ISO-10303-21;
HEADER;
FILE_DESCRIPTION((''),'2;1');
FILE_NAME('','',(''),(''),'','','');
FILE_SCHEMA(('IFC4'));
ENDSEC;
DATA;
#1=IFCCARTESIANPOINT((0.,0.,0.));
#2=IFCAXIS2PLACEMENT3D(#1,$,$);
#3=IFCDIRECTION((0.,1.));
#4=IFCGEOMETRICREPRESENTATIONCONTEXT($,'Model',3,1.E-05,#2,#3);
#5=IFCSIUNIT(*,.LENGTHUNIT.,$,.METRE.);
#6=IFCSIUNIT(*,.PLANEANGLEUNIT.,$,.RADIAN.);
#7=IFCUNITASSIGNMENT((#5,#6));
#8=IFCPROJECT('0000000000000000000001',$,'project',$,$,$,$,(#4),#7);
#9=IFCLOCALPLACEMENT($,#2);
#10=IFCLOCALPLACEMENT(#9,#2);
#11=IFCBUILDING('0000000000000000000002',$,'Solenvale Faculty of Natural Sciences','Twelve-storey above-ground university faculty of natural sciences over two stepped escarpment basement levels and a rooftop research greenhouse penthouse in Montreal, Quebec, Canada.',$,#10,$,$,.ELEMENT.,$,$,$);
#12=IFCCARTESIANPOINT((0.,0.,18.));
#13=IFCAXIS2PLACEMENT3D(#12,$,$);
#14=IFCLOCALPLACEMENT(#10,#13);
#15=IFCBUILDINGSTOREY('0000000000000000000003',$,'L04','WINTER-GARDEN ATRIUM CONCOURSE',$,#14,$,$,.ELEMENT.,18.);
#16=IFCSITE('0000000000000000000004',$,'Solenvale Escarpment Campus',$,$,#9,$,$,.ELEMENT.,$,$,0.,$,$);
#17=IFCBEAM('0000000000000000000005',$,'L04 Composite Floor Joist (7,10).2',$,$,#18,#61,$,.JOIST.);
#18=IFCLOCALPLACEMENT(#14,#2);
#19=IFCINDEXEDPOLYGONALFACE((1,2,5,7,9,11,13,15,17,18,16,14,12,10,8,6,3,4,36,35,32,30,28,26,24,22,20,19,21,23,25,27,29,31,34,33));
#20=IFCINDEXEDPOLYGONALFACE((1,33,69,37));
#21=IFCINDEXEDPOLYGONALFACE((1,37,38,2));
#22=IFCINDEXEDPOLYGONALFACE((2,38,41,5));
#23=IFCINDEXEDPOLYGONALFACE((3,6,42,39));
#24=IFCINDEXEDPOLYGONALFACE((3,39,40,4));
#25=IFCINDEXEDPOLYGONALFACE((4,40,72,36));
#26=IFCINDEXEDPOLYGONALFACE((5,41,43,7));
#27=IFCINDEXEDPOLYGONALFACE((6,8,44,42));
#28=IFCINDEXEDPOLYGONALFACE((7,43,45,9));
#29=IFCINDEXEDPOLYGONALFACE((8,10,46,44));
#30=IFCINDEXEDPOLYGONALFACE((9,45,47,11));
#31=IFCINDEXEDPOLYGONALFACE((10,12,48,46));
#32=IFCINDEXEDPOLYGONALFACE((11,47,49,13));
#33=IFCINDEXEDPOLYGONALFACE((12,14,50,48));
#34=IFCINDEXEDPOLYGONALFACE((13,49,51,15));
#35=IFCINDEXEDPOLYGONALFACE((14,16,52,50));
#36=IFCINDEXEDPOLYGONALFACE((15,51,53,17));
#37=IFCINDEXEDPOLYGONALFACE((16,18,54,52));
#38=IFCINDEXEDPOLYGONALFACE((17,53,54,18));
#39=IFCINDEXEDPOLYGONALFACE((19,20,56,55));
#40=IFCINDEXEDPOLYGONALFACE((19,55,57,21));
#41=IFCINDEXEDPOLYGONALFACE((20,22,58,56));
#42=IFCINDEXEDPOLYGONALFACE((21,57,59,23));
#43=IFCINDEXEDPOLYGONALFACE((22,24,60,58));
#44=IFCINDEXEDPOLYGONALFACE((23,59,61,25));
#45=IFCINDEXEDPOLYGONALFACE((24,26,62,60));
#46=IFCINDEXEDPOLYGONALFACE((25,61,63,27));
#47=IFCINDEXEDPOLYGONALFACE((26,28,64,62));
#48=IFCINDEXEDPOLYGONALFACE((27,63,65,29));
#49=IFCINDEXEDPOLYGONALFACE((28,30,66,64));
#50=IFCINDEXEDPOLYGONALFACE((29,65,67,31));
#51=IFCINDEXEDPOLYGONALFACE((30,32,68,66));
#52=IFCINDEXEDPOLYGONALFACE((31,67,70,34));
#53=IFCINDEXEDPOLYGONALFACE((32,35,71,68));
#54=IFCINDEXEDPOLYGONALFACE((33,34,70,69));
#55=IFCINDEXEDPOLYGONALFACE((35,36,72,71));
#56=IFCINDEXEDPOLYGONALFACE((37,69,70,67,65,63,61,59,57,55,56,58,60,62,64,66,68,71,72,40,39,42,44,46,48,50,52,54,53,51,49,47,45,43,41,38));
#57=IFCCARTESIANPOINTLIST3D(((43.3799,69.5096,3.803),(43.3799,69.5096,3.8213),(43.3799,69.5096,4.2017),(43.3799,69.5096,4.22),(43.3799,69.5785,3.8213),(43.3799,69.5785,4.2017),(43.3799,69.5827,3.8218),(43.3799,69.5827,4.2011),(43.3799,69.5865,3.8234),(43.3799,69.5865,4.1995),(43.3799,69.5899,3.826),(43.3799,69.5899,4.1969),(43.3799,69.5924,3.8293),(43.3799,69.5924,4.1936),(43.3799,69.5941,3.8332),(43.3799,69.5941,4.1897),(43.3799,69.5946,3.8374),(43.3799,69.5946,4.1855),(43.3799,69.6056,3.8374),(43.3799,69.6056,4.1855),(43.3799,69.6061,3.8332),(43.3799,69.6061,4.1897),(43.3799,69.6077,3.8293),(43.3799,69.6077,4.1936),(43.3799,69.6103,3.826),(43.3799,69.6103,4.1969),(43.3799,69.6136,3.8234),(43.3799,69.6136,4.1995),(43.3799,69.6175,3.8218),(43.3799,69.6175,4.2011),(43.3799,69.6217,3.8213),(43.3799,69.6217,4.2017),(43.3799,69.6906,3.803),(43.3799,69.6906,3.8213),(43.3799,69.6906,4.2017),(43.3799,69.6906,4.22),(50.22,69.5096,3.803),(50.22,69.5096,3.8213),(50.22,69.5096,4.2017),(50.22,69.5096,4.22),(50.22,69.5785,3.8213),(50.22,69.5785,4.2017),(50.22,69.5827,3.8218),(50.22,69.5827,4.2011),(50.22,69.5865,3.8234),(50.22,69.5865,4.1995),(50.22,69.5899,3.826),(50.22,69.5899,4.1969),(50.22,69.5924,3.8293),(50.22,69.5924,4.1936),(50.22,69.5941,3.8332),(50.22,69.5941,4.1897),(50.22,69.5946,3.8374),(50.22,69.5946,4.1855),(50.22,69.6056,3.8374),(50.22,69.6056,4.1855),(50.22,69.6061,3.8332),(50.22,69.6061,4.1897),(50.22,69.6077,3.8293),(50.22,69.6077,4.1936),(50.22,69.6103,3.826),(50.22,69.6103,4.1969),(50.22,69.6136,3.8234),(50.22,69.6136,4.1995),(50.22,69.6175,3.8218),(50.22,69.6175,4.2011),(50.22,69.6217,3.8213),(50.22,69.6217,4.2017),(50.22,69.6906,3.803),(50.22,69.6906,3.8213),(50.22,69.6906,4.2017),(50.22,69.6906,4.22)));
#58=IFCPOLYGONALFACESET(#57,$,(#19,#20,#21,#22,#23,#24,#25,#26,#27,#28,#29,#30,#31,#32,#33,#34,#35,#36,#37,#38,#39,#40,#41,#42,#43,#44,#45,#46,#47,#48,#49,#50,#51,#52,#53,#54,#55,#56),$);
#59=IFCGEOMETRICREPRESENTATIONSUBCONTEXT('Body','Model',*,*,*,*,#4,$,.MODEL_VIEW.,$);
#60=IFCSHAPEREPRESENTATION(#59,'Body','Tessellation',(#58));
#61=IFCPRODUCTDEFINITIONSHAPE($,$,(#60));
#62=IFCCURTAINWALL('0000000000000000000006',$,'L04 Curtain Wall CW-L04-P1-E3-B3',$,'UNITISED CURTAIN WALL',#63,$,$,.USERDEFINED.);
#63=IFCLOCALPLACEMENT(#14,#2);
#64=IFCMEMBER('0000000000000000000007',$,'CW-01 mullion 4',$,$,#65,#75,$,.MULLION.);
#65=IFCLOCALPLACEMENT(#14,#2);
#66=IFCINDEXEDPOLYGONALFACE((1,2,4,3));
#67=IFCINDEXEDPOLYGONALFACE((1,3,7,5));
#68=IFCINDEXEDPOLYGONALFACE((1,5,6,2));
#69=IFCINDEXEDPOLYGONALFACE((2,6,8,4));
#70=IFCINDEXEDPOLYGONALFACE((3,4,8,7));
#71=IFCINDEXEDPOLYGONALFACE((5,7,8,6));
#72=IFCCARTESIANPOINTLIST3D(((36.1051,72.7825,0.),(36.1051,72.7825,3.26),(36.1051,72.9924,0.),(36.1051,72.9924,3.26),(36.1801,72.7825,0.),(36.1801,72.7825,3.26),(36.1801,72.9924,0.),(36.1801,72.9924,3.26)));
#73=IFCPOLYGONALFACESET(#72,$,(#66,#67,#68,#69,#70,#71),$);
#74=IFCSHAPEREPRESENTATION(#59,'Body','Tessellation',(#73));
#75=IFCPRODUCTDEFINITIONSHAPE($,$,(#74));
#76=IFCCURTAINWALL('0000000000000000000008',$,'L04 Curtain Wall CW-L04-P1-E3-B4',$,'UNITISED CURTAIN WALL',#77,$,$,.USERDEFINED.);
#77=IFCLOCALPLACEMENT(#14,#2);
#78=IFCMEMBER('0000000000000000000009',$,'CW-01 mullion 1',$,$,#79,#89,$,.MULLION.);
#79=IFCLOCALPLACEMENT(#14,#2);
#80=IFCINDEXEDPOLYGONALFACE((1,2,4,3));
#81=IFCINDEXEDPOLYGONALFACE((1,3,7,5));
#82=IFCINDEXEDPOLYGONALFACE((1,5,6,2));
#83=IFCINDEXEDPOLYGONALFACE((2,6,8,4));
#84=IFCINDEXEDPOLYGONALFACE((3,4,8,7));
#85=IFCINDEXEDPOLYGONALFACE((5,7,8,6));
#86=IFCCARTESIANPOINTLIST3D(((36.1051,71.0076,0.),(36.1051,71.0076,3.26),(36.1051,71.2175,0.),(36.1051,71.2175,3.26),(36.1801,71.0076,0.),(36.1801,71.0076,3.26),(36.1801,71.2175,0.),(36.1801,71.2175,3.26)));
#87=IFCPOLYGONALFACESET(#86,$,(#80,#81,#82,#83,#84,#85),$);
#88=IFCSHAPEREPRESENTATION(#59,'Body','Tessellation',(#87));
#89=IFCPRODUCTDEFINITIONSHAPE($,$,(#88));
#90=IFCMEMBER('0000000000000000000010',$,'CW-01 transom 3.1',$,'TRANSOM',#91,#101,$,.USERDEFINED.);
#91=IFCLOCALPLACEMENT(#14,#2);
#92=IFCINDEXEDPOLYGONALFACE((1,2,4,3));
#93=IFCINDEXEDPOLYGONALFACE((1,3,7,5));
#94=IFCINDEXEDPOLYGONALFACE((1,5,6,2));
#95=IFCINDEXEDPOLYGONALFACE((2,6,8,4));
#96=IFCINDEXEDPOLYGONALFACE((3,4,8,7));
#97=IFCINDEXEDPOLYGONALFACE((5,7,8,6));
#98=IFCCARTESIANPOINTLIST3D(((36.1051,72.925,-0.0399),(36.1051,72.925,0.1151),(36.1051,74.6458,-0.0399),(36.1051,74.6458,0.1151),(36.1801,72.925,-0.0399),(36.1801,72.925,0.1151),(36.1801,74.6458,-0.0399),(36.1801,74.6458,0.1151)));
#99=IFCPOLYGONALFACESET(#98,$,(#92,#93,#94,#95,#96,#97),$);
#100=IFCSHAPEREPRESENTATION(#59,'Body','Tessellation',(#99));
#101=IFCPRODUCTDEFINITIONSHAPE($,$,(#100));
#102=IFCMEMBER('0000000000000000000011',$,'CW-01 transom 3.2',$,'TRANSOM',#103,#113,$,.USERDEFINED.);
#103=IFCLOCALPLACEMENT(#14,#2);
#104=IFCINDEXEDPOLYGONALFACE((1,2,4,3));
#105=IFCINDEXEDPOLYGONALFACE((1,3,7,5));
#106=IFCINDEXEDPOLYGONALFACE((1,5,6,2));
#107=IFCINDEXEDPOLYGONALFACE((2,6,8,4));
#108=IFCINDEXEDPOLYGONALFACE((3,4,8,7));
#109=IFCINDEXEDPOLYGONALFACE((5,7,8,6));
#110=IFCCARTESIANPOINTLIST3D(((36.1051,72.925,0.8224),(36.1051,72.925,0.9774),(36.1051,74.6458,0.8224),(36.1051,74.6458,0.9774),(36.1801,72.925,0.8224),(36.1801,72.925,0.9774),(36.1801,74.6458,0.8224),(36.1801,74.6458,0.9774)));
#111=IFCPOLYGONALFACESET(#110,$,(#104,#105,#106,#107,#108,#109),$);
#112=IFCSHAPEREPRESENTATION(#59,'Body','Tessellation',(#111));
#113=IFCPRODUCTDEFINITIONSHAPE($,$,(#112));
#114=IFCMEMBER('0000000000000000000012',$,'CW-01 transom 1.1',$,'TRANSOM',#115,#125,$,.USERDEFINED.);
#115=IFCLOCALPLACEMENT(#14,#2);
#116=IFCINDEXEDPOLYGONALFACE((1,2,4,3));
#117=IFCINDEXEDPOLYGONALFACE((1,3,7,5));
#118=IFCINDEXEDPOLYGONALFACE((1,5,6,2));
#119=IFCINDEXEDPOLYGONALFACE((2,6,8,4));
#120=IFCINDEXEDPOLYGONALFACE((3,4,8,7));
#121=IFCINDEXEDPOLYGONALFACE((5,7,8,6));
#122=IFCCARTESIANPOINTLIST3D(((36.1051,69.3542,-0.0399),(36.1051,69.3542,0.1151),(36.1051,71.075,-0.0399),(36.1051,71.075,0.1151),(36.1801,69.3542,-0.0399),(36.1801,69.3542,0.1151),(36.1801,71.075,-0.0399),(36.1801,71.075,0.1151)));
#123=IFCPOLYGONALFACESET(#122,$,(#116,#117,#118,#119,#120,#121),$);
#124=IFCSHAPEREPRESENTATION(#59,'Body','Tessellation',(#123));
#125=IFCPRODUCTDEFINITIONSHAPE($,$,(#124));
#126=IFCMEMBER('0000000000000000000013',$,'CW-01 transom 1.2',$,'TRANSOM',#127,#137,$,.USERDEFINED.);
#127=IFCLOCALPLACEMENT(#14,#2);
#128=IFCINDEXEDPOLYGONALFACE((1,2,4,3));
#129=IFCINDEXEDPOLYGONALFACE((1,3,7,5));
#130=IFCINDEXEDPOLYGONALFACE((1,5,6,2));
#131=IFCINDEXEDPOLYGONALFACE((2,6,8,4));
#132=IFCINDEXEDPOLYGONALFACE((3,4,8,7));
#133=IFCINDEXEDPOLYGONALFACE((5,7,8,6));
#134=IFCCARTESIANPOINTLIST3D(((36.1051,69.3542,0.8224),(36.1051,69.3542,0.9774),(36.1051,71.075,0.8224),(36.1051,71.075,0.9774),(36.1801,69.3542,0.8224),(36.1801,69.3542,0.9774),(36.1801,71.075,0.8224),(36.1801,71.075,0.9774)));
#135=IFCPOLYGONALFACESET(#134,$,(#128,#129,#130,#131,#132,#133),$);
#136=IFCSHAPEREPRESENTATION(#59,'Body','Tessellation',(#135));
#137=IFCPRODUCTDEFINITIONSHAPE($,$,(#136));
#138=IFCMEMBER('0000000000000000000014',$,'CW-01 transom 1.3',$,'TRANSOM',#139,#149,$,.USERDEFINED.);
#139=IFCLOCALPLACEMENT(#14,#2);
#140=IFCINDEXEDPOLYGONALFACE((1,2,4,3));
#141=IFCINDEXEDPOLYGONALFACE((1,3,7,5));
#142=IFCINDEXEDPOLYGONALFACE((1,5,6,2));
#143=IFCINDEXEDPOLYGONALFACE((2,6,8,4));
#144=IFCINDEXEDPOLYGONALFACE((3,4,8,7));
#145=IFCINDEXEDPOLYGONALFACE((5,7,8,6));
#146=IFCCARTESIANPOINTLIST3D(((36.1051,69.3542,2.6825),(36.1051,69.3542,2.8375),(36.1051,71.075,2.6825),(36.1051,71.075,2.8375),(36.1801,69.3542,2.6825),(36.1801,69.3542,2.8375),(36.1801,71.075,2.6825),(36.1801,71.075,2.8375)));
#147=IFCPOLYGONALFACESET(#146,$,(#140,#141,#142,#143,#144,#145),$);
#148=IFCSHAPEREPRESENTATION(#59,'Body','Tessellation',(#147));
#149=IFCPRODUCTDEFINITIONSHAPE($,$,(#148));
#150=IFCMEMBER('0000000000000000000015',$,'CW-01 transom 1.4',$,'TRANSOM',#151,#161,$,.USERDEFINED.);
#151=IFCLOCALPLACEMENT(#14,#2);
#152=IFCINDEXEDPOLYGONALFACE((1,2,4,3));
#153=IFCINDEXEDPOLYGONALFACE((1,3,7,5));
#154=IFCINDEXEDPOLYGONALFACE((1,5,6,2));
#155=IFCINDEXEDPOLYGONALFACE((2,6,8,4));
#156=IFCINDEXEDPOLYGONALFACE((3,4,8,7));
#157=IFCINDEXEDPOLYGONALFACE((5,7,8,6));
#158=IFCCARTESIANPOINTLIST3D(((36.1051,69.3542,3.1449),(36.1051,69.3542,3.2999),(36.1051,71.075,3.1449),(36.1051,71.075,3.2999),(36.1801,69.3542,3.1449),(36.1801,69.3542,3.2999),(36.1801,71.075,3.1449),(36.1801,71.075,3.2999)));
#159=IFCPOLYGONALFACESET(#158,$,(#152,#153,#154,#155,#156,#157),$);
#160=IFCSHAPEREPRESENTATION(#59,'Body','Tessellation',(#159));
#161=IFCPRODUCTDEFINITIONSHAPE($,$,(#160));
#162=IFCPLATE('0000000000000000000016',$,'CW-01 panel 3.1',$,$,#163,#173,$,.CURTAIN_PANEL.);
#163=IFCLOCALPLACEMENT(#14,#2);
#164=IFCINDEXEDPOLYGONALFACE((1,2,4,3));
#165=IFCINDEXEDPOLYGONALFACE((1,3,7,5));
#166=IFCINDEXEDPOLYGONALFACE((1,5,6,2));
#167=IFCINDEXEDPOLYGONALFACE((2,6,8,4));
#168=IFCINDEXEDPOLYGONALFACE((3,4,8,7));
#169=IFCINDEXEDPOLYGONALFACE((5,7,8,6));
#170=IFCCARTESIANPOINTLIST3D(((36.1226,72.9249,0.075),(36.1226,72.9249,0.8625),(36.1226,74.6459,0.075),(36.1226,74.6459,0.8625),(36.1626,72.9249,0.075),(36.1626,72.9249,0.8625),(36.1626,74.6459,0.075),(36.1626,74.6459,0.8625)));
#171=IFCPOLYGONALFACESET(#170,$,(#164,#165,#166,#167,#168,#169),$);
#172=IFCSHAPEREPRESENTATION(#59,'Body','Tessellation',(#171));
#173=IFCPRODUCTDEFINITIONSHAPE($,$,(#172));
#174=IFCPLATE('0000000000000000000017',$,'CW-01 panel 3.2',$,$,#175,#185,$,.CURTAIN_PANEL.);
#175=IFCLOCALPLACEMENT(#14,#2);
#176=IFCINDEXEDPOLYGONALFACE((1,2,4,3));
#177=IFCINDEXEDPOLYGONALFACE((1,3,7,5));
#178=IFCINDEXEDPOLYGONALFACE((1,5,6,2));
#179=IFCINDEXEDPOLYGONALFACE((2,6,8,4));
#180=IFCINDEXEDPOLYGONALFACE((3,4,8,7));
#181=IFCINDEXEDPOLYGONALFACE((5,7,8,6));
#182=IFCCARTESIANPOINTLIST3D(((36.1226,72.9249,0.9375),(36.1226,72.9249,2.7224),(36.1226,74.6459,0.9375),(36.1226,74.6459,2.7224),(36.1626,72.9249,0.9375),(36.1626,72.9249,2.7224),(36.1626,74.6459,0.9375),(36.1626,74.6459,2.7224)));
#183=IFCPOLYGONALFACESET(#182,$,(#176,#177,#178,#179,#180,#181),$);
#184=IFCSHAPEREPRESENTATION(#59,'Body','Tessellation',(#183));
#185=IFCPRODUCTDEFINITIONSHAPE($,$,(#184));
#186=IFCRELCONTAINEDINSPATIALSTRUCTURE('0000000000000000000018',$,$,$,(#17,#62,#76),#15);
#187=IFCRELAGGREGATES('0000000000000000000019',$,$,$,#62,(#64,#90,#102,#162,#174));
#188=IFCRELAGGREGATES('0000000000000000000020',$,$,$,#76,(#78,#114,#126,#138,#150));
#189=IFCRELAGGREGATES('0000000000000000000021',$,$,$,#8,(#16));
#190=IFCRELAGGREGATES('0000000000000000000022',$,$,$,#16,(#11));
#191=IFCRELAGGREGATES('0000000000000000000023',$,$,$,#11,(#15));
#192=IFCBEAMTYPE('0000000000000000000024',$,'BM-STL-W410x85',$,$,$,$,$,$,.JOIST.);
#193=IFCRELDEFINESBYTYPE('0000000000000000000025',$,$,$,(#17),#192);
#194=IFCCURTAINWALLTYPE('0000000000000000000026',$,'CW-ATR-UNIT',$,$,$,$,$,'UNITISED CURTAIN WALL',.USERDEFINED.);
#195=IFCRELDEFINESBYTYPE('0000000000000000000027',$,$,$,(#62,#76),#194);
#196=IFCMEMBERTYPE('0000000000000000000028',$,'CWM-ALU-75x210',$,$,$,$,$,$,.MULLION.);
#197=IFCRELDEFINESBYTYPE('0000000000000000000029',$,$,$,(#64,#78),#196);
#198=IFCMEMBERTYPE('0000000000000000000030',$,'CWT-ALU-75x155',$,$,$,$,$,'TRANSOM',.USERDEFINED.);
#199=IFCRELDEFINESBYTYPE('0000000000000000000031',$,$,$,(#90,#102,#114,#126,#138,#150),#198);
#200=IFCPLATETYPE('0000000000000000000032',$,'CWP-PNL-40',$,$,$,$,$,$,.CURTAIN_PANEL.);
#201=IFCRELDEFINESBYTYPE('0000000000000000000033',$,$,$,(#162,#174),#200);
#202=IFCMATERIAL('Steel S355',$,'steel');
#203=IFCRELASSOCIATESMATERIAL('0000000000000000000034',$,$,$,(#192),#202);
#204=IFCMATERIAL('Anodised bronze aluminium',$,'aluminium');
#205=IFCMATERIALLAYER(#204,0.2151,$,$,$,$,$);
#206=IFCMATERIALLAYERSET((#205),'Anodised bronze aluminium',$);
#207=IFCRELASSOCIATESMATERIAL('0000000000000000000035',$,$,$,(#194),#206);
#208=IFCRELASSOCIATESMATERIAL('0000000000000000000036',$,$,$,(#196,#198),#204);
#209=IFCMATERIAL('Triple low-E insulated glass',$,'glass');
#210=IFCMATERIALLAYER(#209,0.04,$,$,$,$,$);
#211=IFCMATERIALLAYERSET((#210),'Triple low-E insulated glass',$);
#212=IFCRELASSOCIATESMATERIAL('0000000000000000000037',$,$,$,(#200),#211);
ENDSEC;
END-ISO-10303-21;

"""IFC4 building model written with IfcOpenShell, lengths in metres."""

from ifc_helpers import new_model, si_unit, direction, frame, origin, origin_2d, place, context, subcontext, project, spatial, rectangle, i_section, extrude, material, layer, layer_set, material_profile, profile_set, type_object, element, aggregate, save


model = new_model("IFC4")

# Units and contexts
model_context = context("Model", 3, precision=1e-05, world=origin(), true_north=direction((0.0, 1.0)))
body_context = subcontext(model_context, "Body", "Model", "MODEL_VIEW")
ifc_project = project(units=[si_unit("LENGTHUNIT", "METRE"), si_unit("PLANEANGLEUNIT", "RADIAN")], contexts=[model_context])

# Site, building, storey
site_placement = place(None, origin())
site = spatial("IfcSite", under=ifc_project, at=site_placement, Name="Solenvale Escarpment Campus", CompositionType="ELEMENT", RefElevation=0.0)
building_placement = place(site_placement, origin())
building = spatial("IfcBuilding", under=site, at=building_placement, Name="Solenvale Faculty of Natural Sciences", Description="Twelve-storey above-ground university faculty of natural sciences over two stepped escarpment basement levels and a rooftop research greenhouse penthouse in Montreal, Quebec, Canada.", CompositionType="ELEMENT")
storey_placement = place(building_placement, frame((0.0, 0.0, 18.0)))
storey = spatial("IfcBuildingStorey", under=building, at=storey_placement, Name="L04", Description="WINTER-GARDEN ATRIUM CONCOURSE", CompositionType="ELEMENT", Elevation=18.0)

# Beam
ifc_material_1 = material(Name="Steel S355", Category="steel")
ifc_material_profile_1 = material_profile(ifc_material_1, i_section(OverallWidth=0.1809, OverallDepth=0.417, WebThickness=0.011, FlangeThickness=0.0183, FilletRadius=0.0161, at=origin_2d()), Name="W410x85")
ifc_profile_set_1 = profile_set([ifc_material_profile_1], Name="Steel S355")
beam_type_1 = type_object("IfcBeamType", Name="BM-STL-W410x85", PredefinedType="JOIST", material=ifc_profile_set_1)
for number, where, z_axis, x_axis, name in (
    (1, (43.3799, 69.6001, 4.0115), (1.0, 0.0, 0.0), (0.0, 1.0, 0.0), "L04 Composite Floor Joist (7,10).2"),
):
    element("IfcBeam", number, at=place(storey_placement, frame(where, z_axis=z_axis, x_axis=x_axis)), inside=storey, type_object=beam_type_1, Name=name, PredefinedType="JOIST", context=body_context, shape_type="SweptSolid", body=[
        extrude(i_section(OverallWidth=0.1809, OverallDepth=0.417, WebThickness=0.011, FlangeThickness=0.0183, FilletRadius=0.0161, at=origin_2d()), origin(), (0.0, 0.0, 1.0), 6.8401),
    ])

# Curtain walls, members
ifc_material_2 = material(Name="Anodised bronze aluminium", Category="aluminium")
ifc_layer_1 = layer(ifc_material_2, 0.2151)
ifc_layer_set_1 = layer_set([ifc_layer_1], Name="Anodised bronze aluminium")
curtain_wall_type = type_object("IfcCurtainWallType", Name="CW-ATR-UNIT", ElementType="UNITISED CURTAIN WALL", PredefinedType="USERDEFINED", material=ifc_layer_set_1)
curtain_wall_1_placement = place(storey_placement, origin())
curtain_wall_1 = element("IfcCurtainWall", 2, at=curtain_wall_1_placement, inside=storey, type_object=curtain_wall_type, Name="L04 Curtain Wall CW-L04-P1-E3-B3", ObjectType="UNITISED CURTAIN WALL", PredefinedType="USERDEFINED")
ifc_material_profile_2 = material_profile(ifc_material_2, rectangle(XDim=0.075, YDim=0.21, at=origin_2d()), Name="ALU-MUL-75x210")
ifc_profile_set_2 = profile_set([ifc_material_profile_2], Name="Anodised bronze aluminium")
member_type_1 = type_object("IfcMemberType", Name="CWM-ALU-75x210", PredefinedType="MULLION", material=ifc_profile_set_2)
member_1_placement = place(storey_placement, frame((36.1426, 72.8875, 0.0), z_axis=(0.0, 0.0, 1.0), x_axis=(1.0, 0.0, 0.0)))
member_1 = element("IfcMember", 3, at=member_1_placement, type_object=member_type_1, Name="CW-01 mullion 4", PredefinedType="MULLION", context=body_context, shape_type="SweptSolid", body=[
    extrude(rectangle(XDim=0.075, YDim=0.21, at=origin_2d()), origin(), (0.0, 0.0, 1.0), 3.26),
])
curtain_wall_2_placement = place(storey_placement, origin())
curtain_wall_2 = element("IfcCurtainWall", 4, at=curtain_wall_2_placement, inside=storey, type_object=curtain_wall_type, Name="L04 Curtain Wall CW-L04-P1-E3-B4", ObjectType="UNITISED CURTAIN WALL", PredefinedType="USERDEFINED")
member_2_placement = place(storey_placement, frame((36.1426, 71.1125, 0.0), z_axis=(0.0, 0.0, 1.0), x_axis=(1.0, 0.0, 0.0)))
member_2 = element("IfcMember", 5, at=member_2_placement, type_object=member_type_1, Name="CW-01 mullion 1", PredefinedType="MULLION", context=body_context, shape_type="SweptSolid", body=[
    extrude(rectangle(XDim=0.075, YDim=0.21, at=origin_2d()), origin(), (0.0, 0.0, 1.0), 3.26),
])

# Members
ifc_material_profile_3 = material_profile(ifc_material_2, rectangle(XDim=0.075, YDim=0.155, at=origin_2d()), Name="ALU-TRN-75x155")
ifc_profile_set_3 = profile_set([ifc_material_profile_3], Name="Anodised bronze aluminium")
member_type_2 = type_object("IfcMemberType", Name="CWT-ALU-75x155", ElementType="TRANSOM", PredefinedType="USERDEFINED", material=ifc_profile_set_3)
member_3_placement = place(storey_placement, frame((36.1426, 74.6458, 0.0376), z_axis=(0.0, -1.0, 0.0), x_axis=(1.0, 0.0, 0.0)))
member_3 = element("IfcMember", 6, at=member_3_placement, type_object=member_type_2, Name="CW-01 transom 3.1", ObjectType="TRANSOM", PredefinedType="USERDEFINED", context=body_context, shape_type="SweptSolid", body=[
    extrude(rectangle(XDim=0.075, YDim=0.155, at=origin_2d()), origin(), (0.0, 0.0, 1.0), 1.7207),
])
member_4_placement = place(storey_placement, frame((36.1426, 74.6458, 0.8999), z_axis=(0.0, -1.0, 0.0), x_axis=(1.0, 0.0, 0.0)))
member_4 = element("IfcMember", 7, at=member_4_placement, type_object=member_type_2, Name="CW-01 transom 3.2", ObjectType="TRANSOM", PredefinedType="USERDEFINED", context=body_context, shape_type="SweptSolid", body=[
    extrude(rectangle(XDim=0.075, YDim=0.155, at=origin_2d()), origin(), (0.0, 0.0, 1.0), 1.7207),
])
member_5_placement = place(storey_placement, frame((36.1426, 71.075, 0.0376), z_axis=(0.0, -1.0, 0.0), x_axis=(1.0, 0.0, 0.0)))
member_5 = element("IfcMember", 8, at=member_5_placement, type_object=member_type_2, Name="CW-01 transom 1.1", ObjectType="TRANSOM", PredefinedType="USERDEFINED", context=body_context, shape_type="SweptSolid", body=[
    extrude(rectangle(XDim=0.075, YDim=0.155, at=origin_2d()), origin(), (0.0, 0.0, 1.0), 1.7207),
])
member_6_placement = place(storey_placement, frame((36.1426, 71.075, 0.8999), z_axis=(0.0, -1.0, 0.0), x_axis=(1.0, 0.0, 0.0)))
member_6 = element("IfcMember", 9, at=member_6_placement, type_object=member_type_2, Name="CW-01 transom 1.2", ObjectType="TRANSOM", PredefinedType="USERDEFINED", context=body_context, shape_type="SweptSolid", body=[
    extrude(rectangle(XDim=0.075, YDim=0.155, at=origin_2d()), origin(), (0.0, 0.0, 1.0), 1.7207),
])
member_7_placement = place(storey_placement, frame((36.1426, 71.075, 2.76), z_axis=(0.0, -1.0, 0.0), x_axis=(1.0, 0.0, 0.0)))
member_7 = element("IfcMember", 10, at=member_7_placement, type_object=member_type_2, Name="CW-01 transom 1.3", ObjectType="TRANSOM", PredefinedType="USERDEFINED", context=body_context, shape_type="SweptSolid", body=[
    extrude(rectangle(XDim=0.075, YDim=0.155, at=origin_2d()), origin(), (0.0, 0.0, 1.0), 1.7207),
])
member_8_placement = place(storey_placement, frame((36.1426, 71.075, 3.2224), z_axis=(0.0, -1.0, 0.0), x_axis=(1.0, 0.0, 0.0)))
member_8 = element("IfcMember", 11, at=member_8_placement, type_object=member_type_2, Name="CW-01 transom 1.4", ObjectType="TRANSOM", PredefinedType="USERDEFINED", context=body_context, shape_type="SweptSolid", body=[
    extrude(rectangle(XDim=0.075, YDim=0.155, at=origin_2d()), origin(), (0.0, 0.0, 1.0), 1.7207),
])

# Plates
ifc_material_3 = material(Name="Triple low-E insulated glass", Category="glass")
ifc_layer_2 = layer(ifc_material_3, 0.04)
ifc_layer_set_2 = layer_set([ifc_layer_2], Name="Triple low-E insulated glass")
plate_type_1 = type_object("IfcPlateType", Name="CWP-PNL-40", PredefinedType="CURTAIN_PANEL", material=ifc_layer_set_2)
plate_1_placement = place(storey_placement, frame((36.1426, 73.7854, 0.075), z_axis=(0.0, 0.0, 1.0), x_axis=(0.0, -1.0, 0.0)))
plate_1 = element("IfcPlate", 12, at=plate_1_placement, type_object=plate_type_1, Name="CW-01 panel 3.1", PredefinedType="CURTAIN_PANEL", context=body_context, shape_type="SweptSolid", body=[
    extrude(rectangle(XDim=1.7209, YDim=0.04, at=origin_2d()), origin(), (0.0, 0.0, 1.0), 0.7876),
])
plate_2_placement = place(storey_placement, frame((36.1426, 73.7854, 0.9375), z_axis=(0.0, 0.0, 1.0), x_axis=(0.0, -1.0, 0.0)))
plate_2 = element("IfcPlate", 13, at=plate_2_placement, type_object=plate_type_1, Name="CW-01 panel 3.2", PredefinedType="CURTAIN_PANEL", context=body_context, shape_type="SweptSolid", body=[
    extrude(rectangle(XDim=1.7209, YDim=0.04, at=origin_2d()), origin(), (0.0, 0.0, 1.0), 1.7849),
])
aggregate(curtain_wall_1, [member_1, member_3, member_4, plate_1, plate_2])
aggregate(curtain_wall_2, [member_2, member_5, member_6, member_7, member_8])

save(model, "model.ifc")
